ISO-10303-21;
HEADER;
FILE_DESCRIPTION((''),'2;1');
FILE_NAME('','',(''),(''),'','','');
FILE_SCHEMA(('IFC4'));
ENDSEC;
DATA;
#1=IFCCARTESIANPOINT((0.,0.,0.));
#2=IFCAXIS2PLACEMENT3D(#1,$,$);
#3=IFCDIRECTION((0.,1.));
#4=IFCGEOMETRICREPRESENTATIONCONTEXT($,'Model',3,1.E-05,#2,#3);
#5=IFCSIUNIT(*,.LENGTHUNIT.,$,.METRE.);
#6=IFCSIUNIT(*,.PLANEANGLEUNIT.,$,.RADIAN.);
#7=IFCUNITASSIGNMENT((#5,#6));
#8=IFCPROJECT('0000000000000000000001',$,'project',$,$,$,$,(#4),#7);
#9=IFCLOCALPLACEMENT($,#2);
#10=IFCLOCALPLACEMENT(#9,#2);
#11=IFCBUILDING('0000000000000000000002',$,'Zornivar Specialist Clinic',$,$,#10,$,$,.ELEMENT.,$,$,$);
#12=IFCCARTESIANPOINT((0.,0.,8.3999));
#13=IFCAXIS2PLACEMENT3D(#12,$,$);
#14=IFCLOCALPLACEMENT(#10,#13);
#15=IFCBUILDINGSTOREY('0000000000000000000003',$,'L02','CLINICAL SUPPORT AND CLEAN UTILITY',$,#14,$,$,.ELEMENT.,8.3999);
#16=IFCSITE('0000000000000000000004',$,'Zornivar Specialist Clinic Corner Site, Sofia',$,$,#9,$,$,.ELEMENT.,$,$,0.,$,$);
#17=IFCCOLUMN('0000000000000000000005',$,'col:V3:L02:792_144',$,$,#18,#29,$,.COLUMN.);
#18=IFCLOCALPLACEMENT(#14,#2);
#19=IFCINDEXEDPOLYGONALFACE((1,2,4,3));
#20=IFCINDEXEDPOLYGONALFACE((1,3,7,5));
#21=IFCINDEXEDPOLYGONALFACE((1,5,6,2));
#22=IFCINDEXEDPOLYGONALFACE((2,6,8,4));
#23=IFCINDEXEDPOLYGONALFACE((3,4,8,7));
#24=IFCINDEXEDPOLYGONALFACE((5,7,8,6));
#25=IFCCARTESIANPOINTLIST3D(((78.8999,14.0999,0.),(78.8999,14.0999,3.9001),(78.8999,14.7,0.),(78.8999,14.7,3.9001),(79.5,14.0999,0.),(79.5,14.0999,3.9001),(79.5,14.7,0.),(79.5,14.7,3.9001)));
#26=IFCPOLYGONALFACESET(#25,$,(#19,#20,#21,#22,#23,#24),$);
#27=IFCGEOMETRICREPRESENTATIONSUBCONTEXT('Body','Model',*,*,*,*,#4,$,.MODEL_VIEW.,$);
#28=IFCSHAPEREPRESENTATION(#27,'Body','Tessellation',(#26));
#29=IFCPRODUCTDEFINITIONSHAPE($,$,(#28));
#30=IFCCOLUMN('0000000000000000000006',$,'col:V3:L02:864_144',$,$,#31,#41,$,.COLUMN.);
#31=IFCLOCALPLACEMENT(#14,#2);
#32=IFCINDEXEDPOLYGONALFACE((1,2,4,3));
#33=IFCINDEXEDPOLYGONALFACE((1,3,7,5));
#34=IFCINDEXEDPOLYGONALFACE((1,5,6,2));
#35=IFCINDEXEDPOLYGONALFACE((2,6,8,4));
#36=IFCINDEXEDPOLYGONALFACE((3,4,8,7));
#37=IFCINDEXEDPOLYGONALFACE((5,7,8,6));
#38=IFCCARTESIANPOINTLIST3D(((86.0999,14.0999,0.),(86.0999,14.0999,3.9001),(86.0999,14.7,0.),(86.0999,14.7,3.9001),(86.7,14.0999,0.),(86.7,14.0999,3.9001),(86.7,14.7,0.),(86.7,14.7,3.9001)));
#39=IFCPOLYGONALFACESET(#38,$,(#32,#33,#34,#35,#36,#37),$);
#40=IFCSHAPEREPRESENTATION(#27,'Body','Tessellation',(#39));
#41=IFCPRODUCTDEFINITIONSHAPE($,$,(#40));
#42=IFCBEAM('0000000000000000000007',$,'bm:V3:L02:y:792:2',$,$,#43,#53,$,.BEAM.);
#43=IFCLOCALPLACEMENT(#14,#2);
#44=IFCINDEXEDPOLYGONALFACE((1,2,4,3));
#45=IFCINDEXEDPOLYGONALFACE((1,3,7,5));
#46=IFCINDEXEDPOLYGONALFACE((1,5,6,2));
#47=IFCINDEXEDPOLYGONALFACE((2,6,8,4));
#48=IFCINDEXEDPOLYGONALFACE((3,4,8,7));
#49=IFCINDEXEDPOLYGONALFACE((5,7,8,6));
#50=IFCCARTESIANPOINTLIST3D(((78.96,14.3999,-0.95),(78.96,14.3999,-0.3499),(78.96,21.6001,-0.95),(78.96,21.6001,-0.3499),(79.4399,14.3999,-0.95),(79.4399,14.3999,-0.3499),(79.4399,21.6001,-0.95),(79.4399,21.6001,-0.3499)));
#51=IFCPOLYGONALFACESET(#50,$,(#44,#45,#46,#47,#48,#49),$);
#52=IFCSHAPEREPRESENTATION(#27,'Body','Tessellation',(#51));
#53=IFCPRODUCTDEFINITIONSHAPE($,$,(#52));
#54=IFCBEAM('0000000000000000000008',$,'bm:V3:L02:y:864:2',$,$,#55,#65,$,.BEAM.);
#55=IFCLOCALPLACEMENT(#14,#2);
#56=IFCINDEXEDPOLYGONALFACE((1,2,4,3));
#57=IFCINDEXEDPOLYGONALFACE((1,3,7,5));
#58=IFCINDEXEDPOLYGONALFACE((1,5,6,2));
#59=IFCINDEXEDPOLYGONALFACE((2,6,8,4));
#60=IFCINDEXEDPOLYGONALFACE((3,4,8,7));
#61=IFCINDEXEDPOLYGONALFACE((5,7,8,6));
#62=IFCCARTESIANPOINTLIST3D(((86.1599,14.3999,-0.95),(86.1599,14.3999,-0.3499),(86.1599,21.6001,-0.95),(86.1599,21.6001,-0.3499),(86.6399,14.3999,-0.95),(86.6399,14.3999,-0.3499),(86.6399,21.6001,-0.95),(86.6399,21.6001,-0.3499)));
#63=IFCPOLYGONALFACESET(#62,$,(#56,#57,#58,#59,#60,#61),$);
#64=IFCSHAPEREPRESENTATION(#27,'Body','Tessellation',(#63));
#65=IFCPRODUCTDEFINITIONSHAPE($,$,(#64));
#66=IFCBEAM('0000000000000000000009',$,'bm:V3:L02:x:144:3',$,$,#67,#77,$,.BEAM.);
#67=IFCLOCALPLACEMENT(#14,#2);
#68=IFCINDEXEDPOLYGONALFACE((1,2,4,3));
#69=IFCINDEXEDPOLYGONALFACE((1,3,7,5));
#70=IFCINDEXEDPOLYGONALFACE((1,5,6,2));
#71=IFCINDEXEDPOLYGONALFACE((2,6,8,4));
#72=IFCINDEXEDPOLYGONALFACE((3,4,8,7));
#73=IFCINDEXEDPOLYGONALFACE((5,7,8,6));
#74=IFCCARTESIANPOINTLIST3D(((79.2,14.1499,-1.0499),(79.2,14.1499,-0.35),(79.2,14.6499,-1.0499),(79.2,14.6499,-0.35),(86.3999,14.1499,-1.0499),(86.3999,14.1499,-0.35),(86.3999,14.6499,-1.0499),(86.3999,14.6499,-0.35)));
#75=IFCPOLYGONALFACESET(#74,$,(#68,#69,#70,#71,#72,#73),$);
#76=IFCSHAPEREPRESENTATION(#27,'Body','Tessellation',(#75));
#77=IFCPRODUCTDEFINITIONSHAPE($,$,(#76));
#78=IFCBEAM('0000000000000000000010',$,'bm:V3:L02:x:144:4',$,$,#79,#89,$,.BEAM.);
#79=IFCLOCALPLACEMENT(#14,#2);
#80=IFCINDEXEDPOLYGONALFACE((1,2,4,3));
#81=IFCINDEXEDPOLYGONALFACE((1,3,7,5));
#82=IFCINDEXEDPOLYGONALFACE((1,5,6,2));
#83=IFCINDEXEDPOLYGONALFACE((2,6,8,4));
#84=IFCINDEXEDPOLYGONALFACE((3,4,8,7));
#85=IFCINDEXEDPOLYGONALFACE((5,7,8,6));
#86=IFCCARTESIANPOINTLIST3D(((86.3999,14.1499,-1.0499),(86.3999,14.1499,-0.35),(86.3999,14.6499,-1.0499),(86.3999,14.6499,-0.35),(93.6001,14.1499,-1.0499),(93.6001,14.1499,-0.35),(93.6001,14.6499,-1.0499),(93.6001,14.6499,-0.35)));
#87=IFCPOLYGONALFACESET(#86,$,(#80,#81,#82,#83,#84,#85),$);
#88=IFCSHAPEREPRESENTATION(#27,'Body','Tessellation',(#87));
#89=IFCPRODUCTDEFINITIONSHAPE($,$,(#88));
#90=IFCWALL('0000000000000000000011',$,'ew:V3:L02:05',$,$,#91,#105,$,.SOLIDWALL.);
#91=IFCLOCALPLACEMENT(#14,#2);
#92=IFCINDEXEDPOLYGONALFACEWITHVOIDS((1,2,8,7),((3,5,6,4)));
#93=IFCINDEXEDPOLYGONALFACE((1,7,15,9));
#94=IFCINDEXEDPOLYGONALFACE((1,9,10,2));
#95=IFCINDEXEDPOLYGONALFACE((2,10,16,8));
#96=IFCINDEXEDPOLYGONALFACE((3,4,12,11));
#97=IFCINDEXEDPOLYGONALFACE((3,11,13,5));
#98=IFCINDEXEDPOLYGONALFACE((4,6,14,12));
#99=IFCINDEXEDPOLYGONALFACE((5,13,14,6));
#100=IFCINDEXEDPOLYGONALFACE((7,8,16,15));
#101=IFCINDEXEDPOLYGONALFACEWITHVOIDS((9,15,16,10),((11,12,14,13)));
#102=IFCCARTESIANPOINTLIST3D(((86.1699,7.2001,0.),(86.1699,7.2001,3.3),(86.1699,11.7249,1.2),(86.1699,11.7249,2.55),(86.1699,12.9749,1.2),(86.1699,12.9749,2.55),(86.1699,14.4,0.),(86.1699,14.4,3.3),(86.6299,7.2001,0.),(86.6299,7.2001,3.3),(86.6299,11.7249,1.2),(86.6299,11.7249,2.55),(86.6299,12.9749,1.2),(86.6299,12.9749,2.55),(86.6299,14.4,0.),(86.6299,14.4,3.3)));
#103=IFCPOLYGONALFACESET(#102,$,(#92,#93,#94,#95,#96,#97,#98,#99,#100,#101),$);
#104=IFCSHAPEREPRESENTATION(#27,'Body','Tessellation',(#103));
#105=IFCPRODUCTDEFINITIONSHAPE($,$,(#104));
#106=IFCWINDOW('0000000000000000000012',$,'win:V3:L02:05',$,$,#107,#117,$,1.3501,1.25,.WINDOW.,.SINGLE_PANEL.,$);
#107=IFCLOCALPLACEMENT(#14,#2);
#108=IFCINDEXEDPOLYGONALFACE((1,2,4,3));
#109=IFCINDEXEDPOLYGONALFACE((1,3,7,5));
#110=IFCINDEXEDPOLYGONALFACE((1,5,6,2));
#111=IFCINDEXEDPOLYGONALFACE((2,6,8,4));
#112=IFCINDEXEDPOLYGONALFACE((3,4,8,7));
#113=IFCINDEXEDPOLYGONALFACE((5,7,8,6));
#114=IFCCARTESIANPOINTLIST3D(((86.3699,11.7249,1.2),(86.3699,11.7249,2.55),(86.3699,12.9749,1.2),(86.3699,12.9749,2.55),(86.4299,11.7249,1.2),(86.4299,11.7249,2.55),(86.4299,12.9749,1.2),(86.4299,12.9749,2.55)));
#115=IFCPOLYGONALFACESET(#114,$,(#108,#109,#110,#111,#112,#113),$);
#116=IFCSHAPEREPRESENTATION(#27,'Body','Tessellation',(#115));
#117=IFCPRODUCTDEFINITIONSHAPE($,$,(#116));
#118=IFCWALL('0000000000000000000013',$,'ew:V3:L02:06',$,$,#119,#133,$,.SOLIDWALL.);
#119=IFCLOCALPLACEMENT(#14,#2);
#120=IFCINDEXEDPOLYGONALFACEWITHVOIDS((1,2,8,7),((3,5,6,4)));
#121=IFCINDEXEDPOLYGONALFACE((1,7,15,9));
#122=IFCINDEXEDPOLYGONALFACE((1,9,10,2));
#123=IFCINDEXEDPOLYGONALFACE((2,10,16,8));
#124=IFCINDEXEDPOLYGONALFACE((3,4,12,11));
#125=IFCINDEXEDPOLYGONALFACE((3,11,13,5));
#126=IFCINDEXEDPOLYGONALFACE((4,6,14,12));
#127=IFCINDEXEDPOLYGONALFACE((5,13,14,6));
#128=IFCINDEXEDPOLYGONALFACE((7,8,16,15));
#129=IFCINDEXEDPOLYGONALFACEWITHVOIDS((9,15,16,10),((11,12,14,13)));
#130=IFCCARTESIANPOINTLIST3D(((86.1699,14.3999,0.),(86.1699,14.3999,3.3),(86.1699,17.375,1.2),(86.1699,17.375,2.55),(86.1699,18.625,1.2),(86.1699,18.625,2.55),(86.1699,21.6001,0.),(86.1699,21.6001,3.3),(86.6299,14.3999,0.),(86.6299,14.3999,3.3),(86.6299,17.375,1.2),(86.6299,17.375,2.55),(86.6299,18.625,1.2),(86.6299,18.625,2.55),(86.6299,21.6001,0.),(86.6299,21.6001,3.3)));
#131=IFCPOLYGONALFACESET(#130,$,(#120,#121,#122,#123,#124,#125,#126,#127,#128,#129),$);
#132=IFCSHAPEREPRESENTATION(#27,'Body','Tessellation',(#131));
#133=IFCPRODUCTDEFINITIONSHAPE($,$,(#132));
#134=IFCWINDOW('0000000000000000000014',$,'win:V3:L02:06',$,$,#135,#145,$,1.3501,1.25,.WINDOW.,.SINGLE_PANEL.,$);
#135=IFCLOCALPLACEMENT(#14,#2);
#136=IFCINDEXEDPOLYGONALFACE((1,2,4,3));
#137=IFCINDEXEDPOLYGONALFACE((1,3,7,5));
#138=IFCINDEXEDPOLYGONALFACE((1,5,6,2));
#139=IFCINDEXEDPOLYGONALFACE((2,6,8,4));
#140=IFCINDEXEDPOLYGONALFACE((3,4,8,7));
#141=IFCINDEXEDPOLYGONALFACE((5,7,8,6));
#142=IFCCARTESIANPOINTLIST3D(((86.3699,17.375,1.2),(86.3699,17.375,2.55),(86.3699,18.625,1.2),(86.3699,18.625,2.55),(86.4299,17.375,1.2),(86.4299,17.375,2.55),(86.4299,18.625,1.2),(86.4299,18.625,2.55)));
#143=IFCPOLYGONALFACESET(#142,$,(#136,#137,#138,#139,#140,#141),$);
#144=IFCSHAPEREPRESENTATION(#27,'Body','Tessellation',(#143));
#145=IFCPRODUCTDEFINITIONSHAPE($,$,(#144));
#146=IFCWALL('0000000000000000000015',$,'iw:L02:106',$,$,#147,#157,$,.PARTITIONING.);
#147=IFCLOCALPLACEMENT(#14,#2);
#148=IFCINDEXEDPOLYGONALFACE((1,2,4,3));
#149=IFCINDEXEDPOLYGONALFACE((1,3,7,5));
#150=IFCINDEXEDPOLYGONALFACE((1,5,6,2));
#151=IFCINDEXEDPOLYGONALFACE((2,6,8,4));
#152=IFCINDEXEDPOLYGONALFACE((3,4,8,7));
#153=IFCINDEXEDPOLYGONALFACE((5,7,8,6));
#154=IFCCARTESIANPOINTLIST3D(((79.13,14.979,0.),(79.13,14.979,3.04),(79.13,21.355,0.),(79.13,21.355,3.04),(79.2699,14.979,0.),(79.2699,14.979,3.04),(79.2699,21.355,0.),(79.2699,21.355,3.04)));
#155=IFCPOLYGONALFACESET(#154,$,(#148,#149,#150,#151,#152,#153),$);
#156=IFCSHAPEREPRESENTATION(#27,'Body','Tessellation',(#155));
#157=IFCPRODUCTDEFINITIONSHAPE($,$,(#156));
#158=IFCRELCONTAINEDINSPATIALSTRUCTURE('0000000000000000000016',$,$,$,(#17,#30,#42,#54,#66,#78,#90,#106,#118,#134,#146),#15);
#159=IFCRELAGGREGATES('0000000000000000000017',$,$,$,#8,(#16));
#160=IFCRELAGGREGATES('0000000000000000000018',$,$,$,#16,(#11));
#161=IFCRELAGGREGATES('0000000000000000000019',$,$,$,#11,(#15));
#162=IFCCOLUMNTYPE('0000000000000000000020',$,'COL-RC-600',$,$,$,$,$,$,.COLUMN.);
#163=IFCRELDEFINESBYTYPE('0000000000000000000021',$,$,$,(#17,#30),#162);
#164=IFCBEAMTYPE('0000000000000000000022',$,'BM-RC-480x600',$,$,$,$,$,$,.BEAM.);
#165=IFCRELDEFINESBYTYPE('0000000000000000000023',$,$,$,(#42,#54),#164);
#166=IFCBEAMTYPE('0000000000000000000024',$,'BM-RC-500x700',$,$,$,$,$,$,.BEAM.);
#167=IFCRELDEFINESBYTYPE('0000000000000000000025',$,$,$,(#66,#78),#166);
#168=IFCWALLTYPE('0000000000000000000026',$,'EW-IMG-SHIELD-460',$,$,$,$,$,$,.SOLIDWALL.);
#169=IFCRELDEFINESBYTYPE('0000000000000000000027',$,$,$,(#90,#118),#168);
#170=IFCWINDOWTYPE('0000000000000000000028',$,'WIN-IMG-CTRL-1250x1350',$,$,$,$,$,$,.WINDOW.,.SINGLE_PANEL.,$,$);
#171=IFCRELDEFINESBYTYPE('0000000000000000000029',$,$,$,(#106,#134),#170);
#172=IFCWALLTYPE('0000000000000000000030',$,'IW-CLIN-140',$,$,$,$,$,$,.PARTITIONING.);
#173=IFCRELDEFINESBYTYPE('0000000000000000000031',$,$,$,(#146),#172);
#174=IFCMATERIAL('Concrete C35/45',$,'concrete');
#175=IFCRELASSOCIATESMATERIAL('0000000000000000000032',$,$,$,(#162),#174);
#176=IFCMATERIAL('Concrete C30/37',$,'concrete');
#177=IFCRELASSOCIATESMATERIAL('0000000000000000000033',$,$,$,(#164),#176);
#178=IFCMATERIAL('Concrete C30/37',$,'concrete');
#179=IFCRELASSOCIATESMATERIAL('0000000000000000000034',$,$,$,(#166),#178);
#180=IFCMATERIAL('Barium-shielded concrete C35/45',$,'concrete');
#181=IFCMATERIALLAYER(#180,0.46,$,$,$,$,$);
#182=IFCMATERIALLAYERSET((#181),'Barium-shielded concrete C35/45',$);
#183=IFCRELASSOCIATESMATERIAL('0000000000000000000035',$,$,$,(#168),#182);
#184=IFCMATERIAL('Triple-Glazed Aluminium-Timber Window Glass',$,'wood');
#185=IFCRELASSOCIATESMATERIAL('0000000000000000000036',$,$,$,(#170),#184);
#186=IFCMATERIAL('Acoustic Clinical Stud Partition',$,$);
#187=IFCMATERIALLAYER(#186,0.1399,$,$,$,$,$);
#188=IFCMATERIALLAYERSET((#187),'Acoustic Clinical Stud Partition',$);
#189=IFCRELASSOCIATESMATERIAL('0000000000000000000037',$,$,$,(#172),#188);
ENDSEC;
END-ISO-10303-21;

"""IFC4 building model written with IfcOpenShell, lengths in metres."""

from ifc_helpers import new_model, si_unit, direction, frame, frame_2d, origin, origin_2d, place, context, subcontext, project, spatial, rectangle, extrude, material, layer, layer_set, material_profile, profile_set, type_object, element, fill, save


model = new_model("IFC4")

# Units and contexts
model_context = context("Model", 3, precision=1e-05, world=origin(), true_north=direction((0.0, 1.0)))
body_context = subcontext(model_context, "Body", "Model", "MODEL_VIEW")
ifc_project = project(units=[si_unit("LENGTHUNIT", "METRE"), si_unit("PLANEANGLEUNIT", "RADIAN")], contexts=[model_context])

# Site, building, storey
site_placement = place(None, origin())
site = spatial("IfcSite", under=ifc_project, at=site_placement, Name="Zornivar Specialist Clinic Corner Site, Sofia", CompositionType="ELEMENT", RefElevation=0.0)
building_placement = place(site_placement, origin())
building = spatial("IfcBuilding", under=site, at=building_placement, Name="Zornivar Specialist Clinic", CompositionType="ELEMENT")
storey_placement = place(building_placement, frame((0.0, 0.0, 8.3999)))
storey = spatial("IfcBuildingStorey", under=building, at=storey_placement, Name="L02", Description="CLINICAL SUPPORT AND CLEAN UTILITY", CompositionType="ELEMENT", Elevation=8.3999)

# Columns
ifc_material_1 = material(Name="Concrete C35/45", Category="concrete")
ifc_material_profile_1 = material_profile(ifc_material_1, rectangle(XDim=0.6001, YDim=0.6001, at=origin_2d()), Name="RC 600x600")
ifc_profile_set_1 = profile_set([ifc_material_profile_1], Name="Concrete C35/45")
column_type = type_object("IfcColumnType", Name="COL-RC-600", PredefinedType="COLUMN", material=ifc_profile_set_1)
for number, where, z_axis, x_axis, name in (
    (1, (79.2, 14.3999, 0.0), (0.0, 0.0, 1.0), (1.0, 0.0, 0.0), "col:V3:L02:792_144"),
    (2, (86.3999, 14.3999, 0.0), (0.0, 0.0, 1.0), (1.0, 0.0, 0.0), "col:V3:L02:864_144"),
):
    element("IfcColumn", number, at=place(storey_placement, frame(where, z_axis=z_axis, x_axis=x_axis)), inside=storey, type_object=column_type, Name=name, PredefinedType="COLUMN", context=body_context, shape_type="SweptSolid", body=[
        extrude(rectangle(XDim=0.6001, YDim=0.6001, at=origin_2d()), origin(), (0.0, 0.0, 1.0), 3.9001),
    ])

# Beams
ifc_material_2 = material(Name="Concrete C30/37", Category="concrete")
ifc_material_profile_2 = material_profile(ifc_material_2, rectangle(XDim=0.48, YDim=0.6001, at=origin_2d()), Name="RC 480x600")
ifc_profile_set_2 = profile_set([ifc_material_profile_2], Name="Concrete C30/37")
beam_type_1 = type_object("IfcBeamType", Name="BM-RC-480x600", PredefinedType="BEAM", material=ifc_profile_set_2)
for number, where, z_axis, x_axis, name in (
    (3, (79.2, 14.3999, -0.6499), (0.0, 1.0, 0.0), (-1.0, 0.0, 0.0), "bm:V3:L02:y:792:2"),
    (4, (86.3999, 14.3999, -0.6499), (0.0, 1.0, 0.0), (-1.0, 0.0, 0.0), "bm:V3:L02:y:864:2"),
):
    element("IfcBeam", number, at=place(storey_placement, frame(where, z_axis=z_axis, x_axis=x_axis)), inside=storey, type_object=beam_type_1, Name=name, PredefinedType="BEAM", context=body_context, shape_type="SweptSolid", body=[
        extrude(rectangle(XDim=0.48, YDim=0.6001, at=origin_2d()), origin(), (0.0, 0.0, 1.0), 7.2002),
    ])
ifc_material_3 = material(Name="Concrete C30/37", Category="concrete")
ifc_material_profile_3 = material_profile(ifc_material_3, rectangle(XDim=0.5, YDim=0.7, at=origin_2d()), Name="RC 500x700")
ifc_profile_set_3 = profile_set([ifc_material_profile_3], Name="Concrete C30/37")
beam_type_2 = type_object("IfcBeamType", Name="BM-RC-500x700", PredefinedType="BEAM", material=ifc_profile_set_3)
beam_1_placement = place(storey_placement, frame((79.2, 14.3999, -0.7), z_axis=(1.0, 0.0, 0.0), x_axis=(0.0, 1.0, 0.0)))
element("IfcBeam", 5, at=beam_1_placement, inside=storey, type_object=beam_type_2, Name="bm:V3:L02:x:144:3", PredefinedType="BEAM", context=body_context, shape_type="SweptSolid", body=[
    extrude(rectangle(XDim=0.5, YDim=0.7, at=origin_2d()), origin(), (0.0, 0.0, 1.0), 7.2),
])
beam_2_placement = place(storey_placement, frame((86.3999, 14.3999, -0.7), z_axis=(1.0, 0.0, 0.0), x_axis=(0.0, 1.0, 0.0)))
element("IfcBeam", 6, at=beam_2_placement, inside=storey, type_object=beam_type_2, Name="bm:V3:L02:x:144:4", PredefinedType="BEAM", context=body_context, shape_type="SweptSolid", body=[
    extrude(rectangle(XDim=0.5, YDim=0.7, at=origin_2d()), origin(), (0.0, 0.0, 1.0), 7.2002),
])

# Walls, openings, windows
ifc_material_4 = material(Name="Barium-shielded concrete C35/45", Category="concrete")
ifc_layer_1 = layer(ifc_material_4, 0.46)
ifc_layer_set_1 = layer_set([ifc_layer_1], Name="Barium-shielded concrete C35/45")
wall_type_1 = type_object("IfcWallType", Name="EW-IMG-SHIELD-460", PredefinedType="SOLIDWALL", material=ifc_layer_set_1)
wall_1_placement = place(storey_placement, frame((86.3999, 7.2, 0.0), z_axis=(0.0, 0.0, 1.0), x_axis=(0.0, 1.0, 0.0)))
wall_1 = element("IfcWall", 7, at=wall_1_placement, inside=storey, type_object=wall_type_1, Name="ew:V3:L02:05", PredefinedType="SOLIDWALL", context=body_context, shape_type="SweptSolid", body=[
    extrude(rectangle(XDim=7.2, YDim=0.46, at=frame_2d((3.6001, 0.0))), origin(), (0.0, 0.0, 1.0), 3.3),
])
opening_1_placement = place(wall_1_placement, frame((4.5249, 0.0, 1.2)))
opening_1 = element("IfcOpeningElement", 8, at=opening_1_placement, cuts=wall_1, PredefinedType="OPENING", context=body_context, shape_type="SweptSolid", body=[
    extrude(rectangle(XDim=1.25, YDim=1.3501, at=frame_2d((0.625, 0.675))), frame((0.0, 0.24, 0.0), z_axis=(0.0, -1.0, 0.0), x_axis=(1.0, 0.0, 0.0)), (0.0, 0.0, 1.0), 0.48),
])
ifc_material_5 = material(Name="Triple-Glazed Aluminium-Timber Window Glass", Category="wood")
window_type = type_object("IfcWindowType", Name="WIN-IMG-CTRL-1250x1350", PartitioningType="SINGLE_PANEL", PredefinedType="WINDOW", material=ifc_material_5)
window_1_placement = place(opening_1_placement, origin())
window_1 = element("IfcWindow", 9, at=window_1_placement, inside=storey, type_object=window_type, Name="win:V3:L02:05", OverallHeight=1.3501, OverallWidth=1.25, PartitioningType="SINGLE_PANEL", PredefinedType="WINDOW", context=body_context, shape_type="SweptSolid", body=[
    extrude(rectangle(XDim=1.25, YDim=1.3501, at=frame_2d((0.625, 0.675))), frame((0.0, 0.03, 0.0), z_axis=(0.0, -1.0, 0.0), x_axis=(1.0, 0.0, 0.0)), (0.0, 0.0, 1.0), 0.0601),
])
fill(opening_1, window_1)
wall_2_placement = place(storey_placement, frame((86.3999, 14.3999, 0.0), z_axis=(0.0, 0.0, 1.0), x_axis=(0.0, 1.0, 0.0)))
wall_2 = element("IfcWall", 10, at=wall_2_placement, inside=storey, type_object=wall_type_1, Name="ew:V3:L02:06", PredefinedType="SOLIDWALL", context=body_context, shape_type="SweptSolid", body=[
    extrude(rectangle(XDim=7.2002, YDim=0.46, at=frame_2d((3.6001, 0.0))), origin(), (0.0, 0.0, 1.0), 3.3),
])
opening_2_placement = place(wall_2_placement, frame((2.9751, 0.0, 1.2)))
opening_2 = element("IfcOpeningElement", 11, at=opening_2_placement, cuts=wall_2, PredefinedType="OPENING", context=body_context, shape_type="SweptSolid", body=[
    extrude(rectangle(XDim=1.25, YDim=1.3501, at=frame_2d((0.625, 0.675))), frame((0.0, 0.24, 0.0), z_axis=(0.0, -1.0, 0.0), x_axis=(1.0, 0.0, 0.0)), (0.0, 0.0, 1.0), 0.48),
])
window_2_placement = place(opening_2_placement, origin())
window_2 = element("IfcWindow", 12, at=window_2_placement, inside=storey, type_object=window_type, Name="win:V3:L02:06", OverallHeight=1.3501, OverallWidth=1.25, PartitioningType="SINGLE_PANEL", PredefinedType="WINDOW", context=body_context, shape_type="SweptSolid", body=[
    extrude(rectangle(XDim=1.25, YDim=1.3501, at=frame_2d((0.625, 0.675))), frame((0.0, 0.03, 0.0), z_axis=(0.0, -1.0, 0.0), x_axis=(1.0, 0.0, 0.0)), (0.0, 0.0, 1.0), 0.0601),
])
fill(opening_2, window_2)

# Wall
ifc_material_6 = material(Name="Acoustic Clinical Stud Partition")
ifc_layer_2 = layer(ifc_material_6, 0.1399)
ifc_layer_set_2 = layer_set([ifc_layer_2], Name="Acoustic Clinical Stud Partition")
wall_type_2 = type_object("IfcWallType", Name="IW-CLIN-140", PredefinedType="PARTITIONING", material=ifc_layer_set_2)
wall_3_placement = place(storey_placement, frame((79.2, 21.355, 0.0), z_axis=(0.0, 0.0, 1.0), x_axis=(0.0, -1.0, 0.0)))
element("IfcWall", 13, at=wall_3_placement, inside=storey, type_object=wall_type_2, Name="iw:L02:106", PredefinedType="PARTITIONING", context=body_context, shape_type="SweptSolid", body=[
    extrude(rectangle(XDim=6.376, YDim=0.1399, at=frame_2d((3.188, 0.0))), origin(), (0.0, 0.0, 1.0), 3.04),
])

save(model, "model.ifc")
